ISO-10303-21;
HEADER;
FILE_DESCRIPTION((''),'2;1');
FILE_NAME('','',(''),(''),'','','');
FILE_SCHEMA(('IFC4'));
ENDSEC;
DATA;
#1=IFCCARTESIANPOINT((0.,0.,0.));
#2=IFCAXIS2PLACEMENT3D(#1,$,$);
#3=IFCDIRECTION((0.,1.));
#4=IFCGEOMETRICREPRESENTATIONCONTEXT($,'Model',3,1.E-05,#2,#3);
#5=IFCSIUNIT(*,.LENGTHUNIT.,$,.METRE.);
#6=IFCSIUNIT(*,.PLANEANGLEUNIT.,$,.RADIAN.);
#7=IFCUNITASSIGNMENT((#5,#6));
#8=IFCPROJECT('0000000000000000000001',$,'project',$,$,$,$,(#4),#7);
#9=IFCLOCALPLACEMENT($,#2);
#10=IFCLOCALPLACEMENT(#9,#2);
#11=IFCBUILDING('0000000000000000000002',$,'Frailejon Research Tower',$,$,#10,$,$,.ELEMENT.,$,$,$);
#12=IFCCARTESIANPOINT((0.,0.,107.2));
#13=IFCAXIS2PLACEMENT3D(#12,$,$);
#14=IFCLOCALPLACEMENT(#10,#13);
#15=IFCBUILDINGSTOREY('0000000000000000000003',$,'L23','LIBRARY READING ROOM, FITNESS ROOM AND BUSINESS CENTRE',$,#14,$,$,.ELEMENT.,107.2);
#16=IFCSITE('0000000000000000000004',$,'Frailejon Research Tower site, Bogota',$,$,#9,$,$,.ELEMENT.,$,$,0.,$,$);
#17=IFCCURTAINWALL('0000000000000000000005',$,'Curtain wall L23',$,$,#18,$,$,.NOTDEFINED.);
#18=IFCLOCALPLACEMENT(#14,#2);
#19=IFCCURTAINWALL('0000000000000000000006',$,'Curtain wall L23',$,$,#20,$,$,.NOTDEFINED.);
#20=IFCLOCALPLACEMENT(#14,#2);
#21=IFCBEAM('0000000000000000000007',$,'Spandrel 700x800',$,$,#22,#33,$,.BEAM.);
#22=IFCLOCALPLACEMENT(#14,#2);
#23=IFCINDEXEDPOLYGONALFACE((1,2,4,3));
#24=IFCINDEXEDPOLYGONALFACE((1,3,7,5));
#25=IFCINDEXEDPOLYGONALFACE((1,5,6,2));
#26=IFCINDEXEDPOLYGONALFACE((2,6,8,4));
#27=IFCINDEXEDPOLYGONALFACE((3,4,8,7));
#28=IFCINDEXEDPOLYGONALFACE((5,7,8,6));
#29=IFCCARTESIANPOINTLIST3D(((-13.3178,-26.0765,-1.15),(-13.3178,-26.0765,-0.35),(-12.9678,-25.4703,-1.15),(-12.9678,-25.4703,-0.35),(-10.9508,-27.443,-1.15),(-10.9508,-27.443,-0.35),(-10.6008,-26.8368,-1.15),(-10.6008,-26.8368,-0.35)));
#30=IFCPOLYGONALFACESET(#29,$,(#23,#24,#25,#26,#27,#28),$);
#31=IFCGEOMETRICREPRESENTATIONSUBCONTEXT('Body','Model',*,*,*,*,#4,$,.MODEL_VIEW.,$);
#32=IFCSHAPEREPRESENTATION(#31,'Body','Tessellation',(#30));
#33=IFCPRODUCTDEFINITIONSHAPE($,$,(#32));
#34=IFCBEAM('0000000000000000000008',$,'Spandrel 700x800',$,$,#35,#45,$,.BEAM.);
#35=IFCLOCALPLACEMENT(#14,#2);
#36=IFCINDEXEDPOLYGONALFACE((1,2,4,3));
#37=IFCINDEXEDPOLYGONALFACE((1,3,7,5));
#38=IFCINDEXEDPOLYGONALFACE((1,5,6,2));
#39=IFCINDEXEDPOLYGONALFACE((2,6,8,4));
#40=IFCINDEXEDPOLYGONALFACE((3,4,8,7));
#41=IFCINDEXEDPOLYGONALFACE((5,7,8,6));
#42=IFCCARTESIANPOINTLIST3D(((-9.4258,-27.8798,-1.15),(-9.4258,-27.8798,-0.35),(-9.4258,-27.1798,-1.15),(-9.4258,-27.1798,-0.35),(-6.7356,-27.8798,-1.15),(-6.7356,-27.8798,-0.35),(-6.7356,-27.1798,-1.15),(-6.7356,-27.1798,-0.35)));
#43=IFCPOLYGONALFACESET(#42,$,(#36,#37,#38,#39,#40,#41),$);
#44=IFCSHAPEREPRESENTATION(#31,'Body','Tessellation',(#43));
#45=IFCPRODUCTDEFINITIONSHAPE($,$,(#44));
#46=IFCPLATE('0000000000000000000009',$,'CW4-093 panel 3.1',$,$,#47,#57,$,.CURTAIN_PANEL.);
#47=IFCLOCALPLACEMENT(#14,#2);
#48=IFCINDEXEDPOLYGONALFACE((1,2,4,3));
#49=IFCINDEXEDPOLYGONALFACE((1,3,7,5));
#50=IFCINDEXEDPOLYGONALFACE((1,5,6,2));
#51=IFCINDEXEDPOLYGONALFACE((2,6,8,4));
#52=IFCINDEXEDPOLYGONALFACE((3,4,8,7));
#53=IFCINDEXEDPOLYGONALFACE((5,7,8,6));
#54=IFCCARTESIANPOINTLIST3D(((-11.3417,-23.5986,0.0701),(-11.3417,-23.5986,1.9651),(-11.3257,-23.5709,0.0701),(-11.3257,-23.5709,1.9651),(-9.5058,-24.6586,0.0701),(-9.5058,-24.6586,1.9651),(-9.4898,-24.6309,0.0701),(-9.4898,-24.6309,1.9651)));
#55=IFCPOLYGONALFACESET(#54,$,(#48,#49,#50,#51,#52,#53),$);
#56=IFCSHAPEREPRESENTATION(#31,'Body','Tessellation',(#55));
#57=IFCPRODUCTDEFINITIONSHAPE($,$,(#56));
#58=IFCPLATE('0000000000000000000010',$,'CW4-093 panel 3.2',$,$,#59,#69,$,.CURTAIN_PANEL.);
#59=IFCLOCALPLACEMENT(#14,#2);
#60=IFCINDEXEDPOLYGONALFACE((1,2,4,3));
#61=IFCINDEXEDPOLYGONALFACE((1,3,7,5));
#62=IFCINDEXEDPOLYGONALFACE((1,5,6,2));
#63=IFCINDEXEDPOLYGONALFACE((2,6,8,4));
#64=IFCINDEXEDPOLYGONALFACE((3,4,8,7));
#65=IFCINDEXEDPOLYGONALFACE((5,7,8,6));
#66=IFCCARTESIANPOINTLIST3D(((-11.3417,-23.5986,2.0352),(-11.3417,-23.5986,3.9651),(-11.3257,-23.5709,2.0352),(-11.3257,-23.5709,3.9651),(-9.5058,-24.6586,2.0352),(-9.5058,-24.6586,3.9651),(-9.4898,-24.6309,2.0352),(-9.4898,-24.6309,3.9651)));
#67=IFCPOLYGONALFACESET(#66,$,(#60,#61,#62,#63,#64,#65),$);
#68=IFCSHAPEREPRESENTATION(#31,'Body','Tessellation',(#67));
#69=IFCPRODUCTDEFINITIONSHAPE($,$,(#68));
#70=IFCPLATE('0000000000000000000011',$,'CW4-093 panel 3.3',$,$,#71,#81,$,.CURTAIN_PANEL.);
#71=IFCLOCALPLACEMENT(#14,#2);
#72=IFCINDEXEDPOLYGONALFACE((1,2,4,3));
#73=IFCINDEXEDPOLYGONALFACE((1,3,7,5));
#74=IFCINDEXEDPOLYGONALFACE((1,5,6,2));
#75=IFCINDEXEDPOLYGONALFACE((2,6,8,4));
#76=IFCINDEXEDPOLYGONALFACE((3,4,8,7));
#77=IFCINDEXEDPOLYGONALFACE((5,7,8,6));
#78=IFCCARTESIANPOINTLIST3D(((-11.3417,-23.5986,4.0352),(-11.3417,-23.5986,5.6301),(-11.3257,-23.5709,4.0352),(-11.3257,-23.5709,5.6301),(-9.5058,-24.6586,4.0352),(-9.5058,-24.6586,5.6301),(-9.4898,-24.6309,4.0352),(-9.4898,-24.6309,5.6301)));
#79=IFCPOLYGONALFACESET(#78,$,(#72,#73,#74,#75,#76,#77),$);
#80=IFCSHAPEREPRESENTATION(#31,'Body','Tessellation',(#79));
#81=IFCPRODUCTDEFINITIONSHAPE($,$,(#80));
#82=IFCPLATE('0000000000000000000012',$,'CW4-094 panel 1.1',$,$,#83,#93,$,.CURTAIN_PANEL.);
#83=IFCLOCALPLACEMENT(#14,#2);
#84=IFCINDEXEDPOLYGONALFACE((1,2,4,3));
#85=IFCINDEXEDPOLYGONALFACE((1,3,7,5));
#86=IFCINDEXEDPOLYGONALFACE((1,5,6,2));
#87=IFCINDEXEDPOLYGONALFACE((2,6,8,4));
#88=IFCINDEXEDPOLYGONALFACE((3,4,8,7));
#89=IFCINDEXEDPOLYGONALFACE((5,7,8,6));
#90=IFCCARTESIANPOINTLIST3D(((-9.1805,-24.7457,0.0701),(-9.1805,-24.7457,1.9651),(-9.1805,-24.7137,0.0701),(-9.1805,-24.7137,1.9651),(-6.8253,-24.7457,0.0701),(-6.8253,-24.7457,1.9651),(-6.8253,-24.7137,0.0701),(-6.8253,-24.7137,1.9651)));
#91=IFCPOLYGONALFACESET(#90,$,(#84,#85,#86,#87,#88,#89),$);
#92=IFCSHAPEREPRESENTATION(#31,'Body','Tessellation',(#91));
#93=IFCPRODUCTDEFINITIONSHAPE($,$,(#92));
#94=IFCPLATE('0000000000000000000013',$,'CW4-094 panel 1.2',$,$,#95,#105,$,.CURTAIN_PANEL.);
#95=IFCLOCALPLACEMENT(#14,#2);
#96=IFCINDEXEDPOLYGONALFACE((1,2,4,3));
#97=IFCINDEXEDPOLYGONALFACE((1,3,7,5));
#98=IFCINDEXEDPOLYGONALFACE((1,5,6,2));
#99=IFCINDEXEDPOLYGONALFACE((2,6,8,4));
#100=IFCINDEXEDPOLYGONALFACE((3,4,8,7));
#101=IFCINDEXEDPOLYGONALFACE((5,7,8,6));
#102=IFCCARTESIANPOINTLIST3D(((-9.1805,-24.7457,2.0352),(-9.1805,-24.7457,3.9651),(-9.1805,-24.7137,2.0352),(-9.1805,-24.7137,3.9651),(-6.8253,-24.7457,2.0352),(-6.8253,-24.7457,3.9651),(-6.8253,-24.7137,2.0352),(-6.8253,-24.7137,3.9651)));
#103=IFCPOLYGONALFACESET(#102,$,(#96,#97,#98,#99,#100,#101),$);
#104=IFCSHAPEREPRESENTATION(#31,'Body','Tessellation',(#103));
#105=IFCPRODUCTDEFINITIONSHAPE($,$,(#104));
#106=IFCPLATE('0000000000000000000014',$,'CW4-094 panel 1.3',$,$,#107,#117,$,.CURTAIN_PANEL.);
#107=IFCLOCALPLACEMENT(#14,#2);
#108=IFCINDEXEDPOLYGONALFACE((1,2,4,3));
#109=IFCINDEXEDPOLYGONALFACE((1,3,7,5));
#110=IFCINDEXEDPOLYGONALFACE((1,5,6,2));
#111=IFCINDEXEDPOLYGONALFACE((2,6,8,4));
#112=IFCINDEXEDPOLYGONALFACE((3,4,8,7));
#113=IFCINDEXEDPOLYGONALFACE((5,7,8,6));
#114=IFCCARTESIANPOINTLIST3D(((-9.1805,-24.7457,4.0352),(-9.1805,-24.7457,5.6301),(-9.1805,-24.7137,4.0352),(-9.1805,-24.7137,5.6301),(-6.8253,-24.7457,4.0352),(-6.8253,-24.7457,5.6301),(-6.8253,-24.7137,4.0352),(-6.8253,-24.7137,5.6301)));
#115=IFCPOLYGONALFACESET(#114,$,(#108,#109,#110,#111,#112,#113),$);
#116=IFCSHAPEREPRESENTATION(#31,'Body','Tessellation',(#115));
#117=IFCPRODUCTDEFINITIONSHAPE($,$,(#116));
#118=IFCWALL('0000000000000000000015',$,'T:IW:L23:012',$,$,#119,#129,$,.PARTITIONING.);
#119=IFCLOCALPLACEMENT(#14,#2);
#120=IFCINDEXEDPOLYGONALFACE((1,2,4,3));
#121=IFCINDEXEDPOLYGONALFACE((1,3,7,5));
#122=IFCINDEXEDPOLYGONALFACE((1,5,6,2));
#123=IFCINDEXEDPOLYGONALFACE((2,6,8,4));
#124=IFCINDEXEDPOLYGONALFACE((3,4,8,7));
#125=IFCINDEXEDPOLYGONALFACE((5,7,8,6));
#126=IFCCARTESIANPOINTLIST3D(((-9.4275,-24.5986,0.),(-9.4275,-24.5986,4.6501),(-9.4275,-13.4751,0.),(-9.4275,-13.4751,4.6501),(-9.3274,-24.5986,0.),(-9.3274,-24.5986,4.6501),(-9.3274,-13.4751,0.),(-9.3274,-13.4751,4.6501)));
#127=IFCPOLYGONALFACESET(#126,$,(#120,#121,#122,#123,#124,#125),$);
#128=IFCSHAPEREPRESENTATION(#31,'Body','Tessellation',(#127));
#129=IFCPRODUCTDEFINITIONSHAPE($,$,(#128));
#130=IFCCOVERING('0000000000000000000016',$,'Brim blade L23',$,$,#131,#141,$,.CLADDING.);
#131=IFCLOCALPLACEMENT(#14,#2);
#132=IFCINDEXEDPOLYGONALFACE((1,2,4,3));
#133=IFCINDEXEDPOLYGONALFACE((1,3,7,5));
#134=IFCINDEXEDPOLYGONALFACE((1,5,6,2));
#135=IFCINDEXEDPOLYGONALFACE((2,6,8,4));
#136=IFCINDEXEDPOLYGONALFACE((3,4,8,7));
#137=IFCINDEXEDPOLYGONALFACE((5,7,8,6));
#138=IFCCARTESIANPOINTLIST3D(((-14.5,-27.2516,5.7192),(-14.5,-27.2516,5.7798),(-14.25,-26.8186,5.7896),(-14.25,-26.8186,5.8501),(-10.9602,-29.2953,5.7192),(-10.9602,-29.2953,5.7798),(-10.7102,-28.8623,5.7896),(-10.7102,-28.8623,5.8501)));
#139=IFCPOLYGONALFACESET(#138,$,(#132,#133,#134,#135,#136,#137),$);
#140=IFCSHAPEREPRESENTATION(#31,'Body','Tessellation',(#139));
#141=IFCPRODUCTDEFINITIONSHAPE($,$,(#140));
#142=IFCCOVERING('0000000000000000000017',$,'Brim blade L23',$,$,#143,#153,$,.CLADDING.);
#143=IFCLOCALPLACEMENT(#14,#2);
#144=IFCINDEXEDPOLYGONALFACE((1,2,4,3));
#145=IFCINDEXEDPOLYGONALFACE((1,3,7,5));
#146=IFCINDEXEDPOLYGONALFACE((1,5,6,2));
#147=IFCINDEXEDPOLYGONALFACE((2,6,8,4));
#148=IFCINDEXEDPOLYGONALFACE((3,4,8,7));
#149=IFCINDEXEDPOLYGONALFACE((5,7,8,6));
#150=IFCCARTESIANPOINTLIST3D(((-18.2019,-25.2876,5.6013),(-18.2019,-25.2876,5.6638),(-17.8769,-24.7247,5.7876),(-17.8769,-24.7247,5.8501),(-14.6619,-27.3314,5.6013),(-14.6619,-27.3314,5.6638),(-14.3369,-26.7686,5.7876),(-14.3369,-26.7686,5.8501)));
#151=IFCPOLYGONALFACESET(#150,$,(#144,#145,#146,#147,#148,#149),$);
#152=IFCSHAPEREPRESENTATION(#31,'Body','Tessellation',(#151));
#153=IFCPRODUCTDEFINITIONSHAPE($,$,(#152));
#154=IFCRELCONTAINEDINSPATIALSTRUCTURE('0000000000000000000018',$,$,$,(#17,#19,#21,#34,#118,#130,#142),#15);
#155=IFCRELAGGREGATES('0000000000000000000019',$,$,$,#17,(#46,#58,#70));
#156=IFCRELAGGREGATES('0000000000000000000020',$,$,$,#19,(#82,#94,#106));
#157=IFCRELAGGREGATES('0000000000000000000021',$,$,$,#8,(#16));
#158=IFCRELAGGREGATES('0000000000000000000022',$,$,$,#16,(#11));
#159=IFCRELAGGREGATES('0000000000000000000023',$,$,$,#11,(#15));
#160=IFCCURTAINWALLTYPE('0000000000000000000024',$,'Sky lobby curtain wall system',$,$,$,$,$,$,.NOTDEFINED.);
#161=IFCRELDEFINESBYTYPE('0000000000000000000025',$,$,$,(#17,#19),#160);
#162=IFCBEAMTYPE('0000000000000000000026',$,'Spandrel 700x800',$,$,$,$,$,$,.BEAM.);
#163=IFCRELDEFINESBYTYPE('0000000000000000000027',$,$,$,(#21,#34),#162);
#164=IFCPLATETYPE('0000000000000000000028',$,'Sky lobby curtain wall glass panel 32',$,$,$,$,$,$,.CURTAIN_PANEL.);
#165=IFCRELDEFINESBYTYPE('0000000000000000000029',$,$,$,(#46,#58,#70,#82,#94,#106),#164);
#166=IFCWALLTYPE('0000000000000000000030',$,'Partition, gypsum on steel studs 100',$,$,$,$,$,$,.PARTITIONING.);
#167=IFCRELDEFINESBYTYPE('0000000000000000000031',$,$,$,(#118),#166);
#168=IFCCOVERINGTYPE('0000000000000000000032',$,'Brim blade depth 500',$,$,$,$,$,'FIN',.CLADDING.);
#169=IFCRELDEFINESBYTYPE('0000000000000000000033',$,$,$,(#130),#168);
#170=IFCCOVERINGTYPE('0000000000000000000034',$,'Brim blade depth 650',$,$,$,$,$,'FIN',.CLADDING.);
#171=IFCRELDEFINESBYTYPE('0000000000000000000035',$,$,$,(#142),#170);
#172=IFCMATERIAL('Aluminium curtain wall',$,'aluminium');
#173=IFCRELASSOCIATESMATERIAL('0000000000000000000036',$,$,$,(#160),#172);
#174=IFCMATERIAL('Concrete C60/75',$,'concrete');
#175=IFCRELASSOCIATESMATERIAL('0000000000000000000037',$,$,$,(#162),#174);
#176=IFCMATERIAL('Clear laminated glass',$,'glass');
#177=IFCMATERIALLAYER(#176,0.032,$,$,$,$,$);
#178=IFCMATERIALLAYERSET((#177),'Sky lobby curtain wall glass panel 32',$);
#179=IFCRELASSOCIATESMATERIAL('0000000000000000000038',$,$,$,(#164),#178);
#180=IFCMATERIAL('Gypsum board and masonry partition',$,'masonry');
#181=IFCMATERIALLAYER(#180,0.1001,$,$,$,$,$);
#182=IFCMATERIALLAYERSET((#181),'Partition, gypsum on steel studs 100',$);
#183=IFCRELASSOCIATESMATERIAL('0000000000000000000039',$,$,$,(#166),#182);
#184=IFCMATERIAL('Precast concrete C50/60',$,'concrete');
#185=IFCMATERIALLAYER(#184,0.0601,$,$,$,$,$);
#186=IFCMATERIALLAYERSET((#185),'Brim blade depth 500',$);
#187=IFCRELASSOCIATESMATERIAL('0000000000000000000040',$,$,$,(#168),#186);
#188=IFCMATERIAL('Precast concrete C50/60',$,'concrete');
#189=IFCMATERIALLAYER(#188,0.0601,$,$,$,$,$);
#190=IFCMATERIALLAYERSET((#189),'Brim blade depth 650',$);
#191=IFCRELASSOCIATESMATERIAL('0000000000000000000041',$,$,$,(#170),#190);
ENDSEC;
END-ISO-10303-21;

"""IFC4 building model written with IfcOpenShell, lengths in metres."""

from ifc_helpers import new_model, si_unit, direction, frame, frame_2d, origin, origin_2d, place, context, subcontext, project, spatial, polyline, rectangle, outline, extrude, material, layer, layer_set, material_profile, profile_set, type_object, element, aggregate, save


model = new_model("IFC4")

# Units and contexts
model_context = context("Model", 3, precision=1e-05, world=origin(), true_north=direction((0.0, 1.0)))
body_context = subcontext(model_context, "Body", "Model", "MODEL_VIEW")
ifc_project = project(units=[si_unit("LENGTHUNIT", "METRE"), si_unit("PLANEANGLEUNIT", "RADIAN")], contexts=[model_context])

# Site, building, storey
site_placement = place(None, origin())
site = spatial("IfcSite", under=ifc_project, at=site_placement, Name="Frailejon Research Tower site, Bogota", CompositionType="ELEMENT", RefElevation=0.0)
building_placement = place(site_placement, origin())
building = spatial("IfcBuilding", under=site, at=building_placement, Name="Frailejon Research Tower", CompositionType="ELEMENT")
storey_placement = place(building_placement, frame((0.0, 0.0, 107.2)))
storey = spatial("IfcBuildingStorey", under=building, at=storey_placement, Name="L23", Description="LIBRARY READING ROOM, FITNESS ROOM AND BUSINESS CENTRE", CompositionType="ELEMENT", Elevation=107.2)

# Curtain wall
ifc_material_1 = material(Name="Aluminium curtain wall", Category="aluminium")
curtain_wall_type = type_object("IfcCurtainWallType", Name="Sky lobby curtain wall system", PredefinedType="NOTDEFINED", material=ifc_material_1)
curtain_wall_1_placement = place(storey_placement, origin())
curtain_wall_1 = element("IfcCurtainWall", 1, at=curtain_wall_1_placement, inside=storey, type_object=curtain_wall_type, Name="Curtain wall L23", PredefinedType="NOTDEFINED")

# Curtain wall
curtain_wall_2_placement = place(storey_placement, origin())
curtain_wall_2 = element("IfcCurtainWall", 2, at=curtain_wall_2_placement, inside=storey, type_object=curtain_wall_type, Name="Curtain wall L23", PredefinedType="NOTDEFINED")

# Beams
ifc_material_2 = material(Name="Concrete C60/75", Category="concrete")
ifc_material_profile_1 = material_profile(ifc_material_2, rectangle(XDim=0.7, YDim=0.8, at=origin_2d()), Name="Spandrel 700x800")
ifc_profile_set_1 = profile_set([ifc_material_profile_1], Name="Concrete C60/75")
beam_type_1 = type_object("IfcBeamType", Name="Spandrel 700x800", PredefinedType="BEAM", material=ifc_profile_set_1)
beam_1_placement = place(storey_placement, frame((-13.1428, -25.7734, -0.75), z_axis=(0.866041, -0.499972, 0.0), x_axis=(0.499972, 0.866041, 0.0)))
element("IfcBeam", 3, at=beam_1_placement, inside=storey, type_object=beam_type_1, Name="Spandrel 700x800", PredefinedType="BEAM", context=body_context, shape_type="SweptSolid", body=[
    extrude(rectangle(XDim=0.7, YDim=0.8, at=origin_2d()), origin(), (0.0, 0.0, 1.0), 2.7332),
])
beam_2_placement = place(storey_placement, frame((-9.4258, -27.5298, -0.75), z_axis=(1.0, 0.0, 0.0), x_axis=(0.0, 1.0, 0.0)))
element("IfcBeam", 4, at=beam_2_placement, inside=storey, type_object=beam_type_1, Name="Spandrel 700x800", PredefinedType="BEAM", context=body_context, shape_type="SweptSolid", body=[
    extrude(rectangle(XDim=0.7, YDim=0.8, at=origin_2d()), origin(), (0.0, 0.0, 1.0), 2.6902),
])

# Plates
ifc_material_3 = material(Name="Clear laminated glass", Category="glass")
ifc_layer_1 = layer(ifc_material_3, 0.032)
ifc_layer_set_1 = layer_set([ifc_layer_1], Name="Sky lobby curtain wall glass panel 32")
plate_type = type_object("IfcPlateType", Name="Sky lobby curtain wall glass panel 32", PredefinedType="CURTAIN_PANEL", material=ifc_layer_set_1)
plate_1_placement = place(storey_placement, frame((-10.4158, -24.1147, 0.0701), z_axis=(0.0, 0.0, 1.0), x_axis=(0.86602, -0.500009, 0.0)))
plate_1 = element("IfcPlate", 5, at=plate_1_placement, type_object=plate_type, Name="CW4-093 panel 3.1", PredefinedType="CURTAIN_PANEL", context=body_context, shape_type="SweptSolid", body=[
    extrude(rectangle(XDim=2.1199, YDim=0.032, at=origin_2d()), origin(), (0.0, 0.0, 1.0), 1.895),
])
plate_2_placement = place(storey_placement, frame((-10.4158, -24.1147, 2.0352), z_axis=(0.0, 0.0, 1.0), x_axis=(0.86602, -0.500009, 0.0)))
plate_2 = element("IfcPlate", 6, at=plate_2_placement, type_object=plate_type, Name="CW4-093 panel 3.2", PredefinedType="CURTAIN_PANEL", context=body_context, shape_type="SweptSolid", body=[
    extrude(rectangle(XDim=2.1199, YDim=0.032, at=origin_2d()), origin(), (0.0, 0.0, 1.0), 1.9299),
])
plate_3_placement = place(storey_placement, frame((-10.4158, -24.1147, 4.0352), z_axis=(0.0, 0.0, 1.0), x_axis=(0.86602, -0.500009, 0.0)))
plate_3 = element("IfcPlate", 7, at=plate_3_placement, type_object=plate_type, Name="CW4-093 panel 3.3", PredefinedType="CURTAIN_PANEL", context=body_context, shape_type="SweptSolid", body=[
    extrude(rectangle(XDim=2.1199, YDim=0.032, at=origin_2d()), origin(), (0.0, 0.0, 1.0), 1.595),
])
aggregate(curtain_wall_1, [plate_1, plate_2, plate_3])
plate_4_placement = place(storey_placement, frame((-8.0029, -24.7297, 0.0701), z_axis=(0.0, 0.0, 1.0), x_axis=(1.0, 0.0, 0.0)))
plate_4 = element("IfcPlate", 8, at=plate_4_placement, type_object=plate_type, Name="CW4-094 panel 1.1", PredefinedType="CURTAIN_PANEL", context=body_context, shape_type="SweptSolid", body=[
    extrude(rectangle(XDim=2.3552, YDim=0.032, at=origin_2d()), origin(), (0.0, 0.0, 1.0), 1.895),
])
plate_5_placement = place(storey_placement, frame((-8.0029, -24.7297, 2.0352), z_axis=(0.0, 0.0, 1.0), x_axis=(1.0, 0.0, 0.0)))
plate_5 = element("IfcPlate", 9, at=plate_5_placement, type_object=plate_type, Name="CW4-094 panel 1.2", PredefinedType="CURTAIN_PANEL", context=body_context, shape_type="SweptSolid", body=[
    extrude(rectangle(XDim=2.3552, YDim=0.032, at=origin_2d()), origin(), (0.0, 0.0, 1.0), 1.9299),
])
plate_6_placement = place(storey_placement, frame((-8.0029, -24.7297, 4.0352), z_axis=(0.0, 0.0, 1.0), x_axis=(1.0, 0.0, 0.0)))
plate_6 = element("IfcPlate", 10, at=plate_6_placement, type_object=plate_type, Name="CW4-094 panel 1.3", PredefinedType="CURTAIN_PANEL", context=body_context, shape_type="SweptSolid", body=[
    extrude(rectangle(XDim=2.3552, YDim=0.032, at=origin_2d()), origin(), (0.0, 0.0, 1.0), 1.595),
])
aggregate(curtain_wall_2, [plate_4, plate_5, plate_6])

# Wall
ifc_material_4 = material(Name="Gypsum board and masonry partition", Category="masonry")
ifc_layer_2 = layer(ifc_material_4, 0.1001)
ifc_layer_set_2 = layer_set([ifc_layer_2], Name="Partition, gypsum on steel studs 100")
wall_type = type_object("IfcWallType", Name="Partition, gypsum on steel studs 100", PredefinedType="PARTITIONING", material=ifc_layer_set_2)
wall_placement = place(storey_placement, frame((-9.3774, -24.5986, 0.0), z_axis=(0.0, 0.0, 1.0), x_axis=(0.0, 1.0, 0.0)))
element("IfcWall", 11, at=wall_placement, inside=storey, type_object=wall_type, Name="T:IW:L23:012", PredefinedType="PARTITIONING", context=body_context, shape_type="SweptSolid", body=[
    extrude(rectangle(XDim=11.1235, YDim=0.1001, at=frame_2d((5.5618, 0.0))), origin(), (0.0, 0.0, 1.0), 4.6501),
])

# Coverings
ifc_material_5 = material(Name="Precast concrete C50/60", Category="concrete")
ifc_layer_3 = layer(ifc_material_5, 0.0601)
ifc_layer_set_3 = layer_set([ifc_layer_3], Name="Brim blade depth 500")
covering_type_1 = type_object("IfcCoveringType", Name="Brim blade depth 500", ElementType="FIN", PredefinedType="CLADDING", material=ifc_layer_set_3)
covering_1_placement = place(storey_placement, frame((-10.7102, -28.8623, 5.8501), z_axis=(-0.866021, 0.500007, 0.0), x_axis=(-0.500007, -0.866021, 0.0)))
element("IfcCovering", 12, at=covering_1_placement, inside=storey, type_object=covering_type_1, Name="Brim blade L23", PredefinedType="CLADDING", context=body_context, shape_type="SweptSolid", body=[
    extrude(outline(polyline([(0.0, -0.0605), (0.5, -0.1309), (0.5, -0.0703), (0.0, 0.0), (0.0, -0.0605)])), origin(), (0.0, 0.0, 1.0), 4.0874),
])
ifc_material_6 = material(Name="Precast concrete C50/60", Category="concrete")
ifc_layer_4 = layer(ifc_material_6, 0.0601)
ifc_layer_set_4 = layer_set([ifc_layer_4], Name="Brim blade depth 650")
covering_type_2 = type_object("IfcCoveringType", Name="Brim blade depth 650", ElementType="FIN", PredefinedType="CLADDING", material=ifc_layer_set_4)
covering_2_placement = place(storey_placement, frame((-14.3369, -26.7686, 5.8501), z_axis=(-0.866027, 0.499997, 0.0), x_axis=(-0.499997, -0.866027, 0.0)))
element("IfcCovering", 13, at=covering_2_placement, inside=storey, type_object=covering_type_2, Name="Brim blade L23", PredefinedType="CLADDING", context=body_context, shape_type="SweptSolid", body=[
    extrude(outline(polyline([(0.0, -0.0625), (0.6499, -0.2488), (0.6499, -0.1863), (0.0, 0.0), (0.0, -0.0625)])), origin(), (0.0, 0.0, 1.0), 4.0876),
])

save(model, "model.ifc")
